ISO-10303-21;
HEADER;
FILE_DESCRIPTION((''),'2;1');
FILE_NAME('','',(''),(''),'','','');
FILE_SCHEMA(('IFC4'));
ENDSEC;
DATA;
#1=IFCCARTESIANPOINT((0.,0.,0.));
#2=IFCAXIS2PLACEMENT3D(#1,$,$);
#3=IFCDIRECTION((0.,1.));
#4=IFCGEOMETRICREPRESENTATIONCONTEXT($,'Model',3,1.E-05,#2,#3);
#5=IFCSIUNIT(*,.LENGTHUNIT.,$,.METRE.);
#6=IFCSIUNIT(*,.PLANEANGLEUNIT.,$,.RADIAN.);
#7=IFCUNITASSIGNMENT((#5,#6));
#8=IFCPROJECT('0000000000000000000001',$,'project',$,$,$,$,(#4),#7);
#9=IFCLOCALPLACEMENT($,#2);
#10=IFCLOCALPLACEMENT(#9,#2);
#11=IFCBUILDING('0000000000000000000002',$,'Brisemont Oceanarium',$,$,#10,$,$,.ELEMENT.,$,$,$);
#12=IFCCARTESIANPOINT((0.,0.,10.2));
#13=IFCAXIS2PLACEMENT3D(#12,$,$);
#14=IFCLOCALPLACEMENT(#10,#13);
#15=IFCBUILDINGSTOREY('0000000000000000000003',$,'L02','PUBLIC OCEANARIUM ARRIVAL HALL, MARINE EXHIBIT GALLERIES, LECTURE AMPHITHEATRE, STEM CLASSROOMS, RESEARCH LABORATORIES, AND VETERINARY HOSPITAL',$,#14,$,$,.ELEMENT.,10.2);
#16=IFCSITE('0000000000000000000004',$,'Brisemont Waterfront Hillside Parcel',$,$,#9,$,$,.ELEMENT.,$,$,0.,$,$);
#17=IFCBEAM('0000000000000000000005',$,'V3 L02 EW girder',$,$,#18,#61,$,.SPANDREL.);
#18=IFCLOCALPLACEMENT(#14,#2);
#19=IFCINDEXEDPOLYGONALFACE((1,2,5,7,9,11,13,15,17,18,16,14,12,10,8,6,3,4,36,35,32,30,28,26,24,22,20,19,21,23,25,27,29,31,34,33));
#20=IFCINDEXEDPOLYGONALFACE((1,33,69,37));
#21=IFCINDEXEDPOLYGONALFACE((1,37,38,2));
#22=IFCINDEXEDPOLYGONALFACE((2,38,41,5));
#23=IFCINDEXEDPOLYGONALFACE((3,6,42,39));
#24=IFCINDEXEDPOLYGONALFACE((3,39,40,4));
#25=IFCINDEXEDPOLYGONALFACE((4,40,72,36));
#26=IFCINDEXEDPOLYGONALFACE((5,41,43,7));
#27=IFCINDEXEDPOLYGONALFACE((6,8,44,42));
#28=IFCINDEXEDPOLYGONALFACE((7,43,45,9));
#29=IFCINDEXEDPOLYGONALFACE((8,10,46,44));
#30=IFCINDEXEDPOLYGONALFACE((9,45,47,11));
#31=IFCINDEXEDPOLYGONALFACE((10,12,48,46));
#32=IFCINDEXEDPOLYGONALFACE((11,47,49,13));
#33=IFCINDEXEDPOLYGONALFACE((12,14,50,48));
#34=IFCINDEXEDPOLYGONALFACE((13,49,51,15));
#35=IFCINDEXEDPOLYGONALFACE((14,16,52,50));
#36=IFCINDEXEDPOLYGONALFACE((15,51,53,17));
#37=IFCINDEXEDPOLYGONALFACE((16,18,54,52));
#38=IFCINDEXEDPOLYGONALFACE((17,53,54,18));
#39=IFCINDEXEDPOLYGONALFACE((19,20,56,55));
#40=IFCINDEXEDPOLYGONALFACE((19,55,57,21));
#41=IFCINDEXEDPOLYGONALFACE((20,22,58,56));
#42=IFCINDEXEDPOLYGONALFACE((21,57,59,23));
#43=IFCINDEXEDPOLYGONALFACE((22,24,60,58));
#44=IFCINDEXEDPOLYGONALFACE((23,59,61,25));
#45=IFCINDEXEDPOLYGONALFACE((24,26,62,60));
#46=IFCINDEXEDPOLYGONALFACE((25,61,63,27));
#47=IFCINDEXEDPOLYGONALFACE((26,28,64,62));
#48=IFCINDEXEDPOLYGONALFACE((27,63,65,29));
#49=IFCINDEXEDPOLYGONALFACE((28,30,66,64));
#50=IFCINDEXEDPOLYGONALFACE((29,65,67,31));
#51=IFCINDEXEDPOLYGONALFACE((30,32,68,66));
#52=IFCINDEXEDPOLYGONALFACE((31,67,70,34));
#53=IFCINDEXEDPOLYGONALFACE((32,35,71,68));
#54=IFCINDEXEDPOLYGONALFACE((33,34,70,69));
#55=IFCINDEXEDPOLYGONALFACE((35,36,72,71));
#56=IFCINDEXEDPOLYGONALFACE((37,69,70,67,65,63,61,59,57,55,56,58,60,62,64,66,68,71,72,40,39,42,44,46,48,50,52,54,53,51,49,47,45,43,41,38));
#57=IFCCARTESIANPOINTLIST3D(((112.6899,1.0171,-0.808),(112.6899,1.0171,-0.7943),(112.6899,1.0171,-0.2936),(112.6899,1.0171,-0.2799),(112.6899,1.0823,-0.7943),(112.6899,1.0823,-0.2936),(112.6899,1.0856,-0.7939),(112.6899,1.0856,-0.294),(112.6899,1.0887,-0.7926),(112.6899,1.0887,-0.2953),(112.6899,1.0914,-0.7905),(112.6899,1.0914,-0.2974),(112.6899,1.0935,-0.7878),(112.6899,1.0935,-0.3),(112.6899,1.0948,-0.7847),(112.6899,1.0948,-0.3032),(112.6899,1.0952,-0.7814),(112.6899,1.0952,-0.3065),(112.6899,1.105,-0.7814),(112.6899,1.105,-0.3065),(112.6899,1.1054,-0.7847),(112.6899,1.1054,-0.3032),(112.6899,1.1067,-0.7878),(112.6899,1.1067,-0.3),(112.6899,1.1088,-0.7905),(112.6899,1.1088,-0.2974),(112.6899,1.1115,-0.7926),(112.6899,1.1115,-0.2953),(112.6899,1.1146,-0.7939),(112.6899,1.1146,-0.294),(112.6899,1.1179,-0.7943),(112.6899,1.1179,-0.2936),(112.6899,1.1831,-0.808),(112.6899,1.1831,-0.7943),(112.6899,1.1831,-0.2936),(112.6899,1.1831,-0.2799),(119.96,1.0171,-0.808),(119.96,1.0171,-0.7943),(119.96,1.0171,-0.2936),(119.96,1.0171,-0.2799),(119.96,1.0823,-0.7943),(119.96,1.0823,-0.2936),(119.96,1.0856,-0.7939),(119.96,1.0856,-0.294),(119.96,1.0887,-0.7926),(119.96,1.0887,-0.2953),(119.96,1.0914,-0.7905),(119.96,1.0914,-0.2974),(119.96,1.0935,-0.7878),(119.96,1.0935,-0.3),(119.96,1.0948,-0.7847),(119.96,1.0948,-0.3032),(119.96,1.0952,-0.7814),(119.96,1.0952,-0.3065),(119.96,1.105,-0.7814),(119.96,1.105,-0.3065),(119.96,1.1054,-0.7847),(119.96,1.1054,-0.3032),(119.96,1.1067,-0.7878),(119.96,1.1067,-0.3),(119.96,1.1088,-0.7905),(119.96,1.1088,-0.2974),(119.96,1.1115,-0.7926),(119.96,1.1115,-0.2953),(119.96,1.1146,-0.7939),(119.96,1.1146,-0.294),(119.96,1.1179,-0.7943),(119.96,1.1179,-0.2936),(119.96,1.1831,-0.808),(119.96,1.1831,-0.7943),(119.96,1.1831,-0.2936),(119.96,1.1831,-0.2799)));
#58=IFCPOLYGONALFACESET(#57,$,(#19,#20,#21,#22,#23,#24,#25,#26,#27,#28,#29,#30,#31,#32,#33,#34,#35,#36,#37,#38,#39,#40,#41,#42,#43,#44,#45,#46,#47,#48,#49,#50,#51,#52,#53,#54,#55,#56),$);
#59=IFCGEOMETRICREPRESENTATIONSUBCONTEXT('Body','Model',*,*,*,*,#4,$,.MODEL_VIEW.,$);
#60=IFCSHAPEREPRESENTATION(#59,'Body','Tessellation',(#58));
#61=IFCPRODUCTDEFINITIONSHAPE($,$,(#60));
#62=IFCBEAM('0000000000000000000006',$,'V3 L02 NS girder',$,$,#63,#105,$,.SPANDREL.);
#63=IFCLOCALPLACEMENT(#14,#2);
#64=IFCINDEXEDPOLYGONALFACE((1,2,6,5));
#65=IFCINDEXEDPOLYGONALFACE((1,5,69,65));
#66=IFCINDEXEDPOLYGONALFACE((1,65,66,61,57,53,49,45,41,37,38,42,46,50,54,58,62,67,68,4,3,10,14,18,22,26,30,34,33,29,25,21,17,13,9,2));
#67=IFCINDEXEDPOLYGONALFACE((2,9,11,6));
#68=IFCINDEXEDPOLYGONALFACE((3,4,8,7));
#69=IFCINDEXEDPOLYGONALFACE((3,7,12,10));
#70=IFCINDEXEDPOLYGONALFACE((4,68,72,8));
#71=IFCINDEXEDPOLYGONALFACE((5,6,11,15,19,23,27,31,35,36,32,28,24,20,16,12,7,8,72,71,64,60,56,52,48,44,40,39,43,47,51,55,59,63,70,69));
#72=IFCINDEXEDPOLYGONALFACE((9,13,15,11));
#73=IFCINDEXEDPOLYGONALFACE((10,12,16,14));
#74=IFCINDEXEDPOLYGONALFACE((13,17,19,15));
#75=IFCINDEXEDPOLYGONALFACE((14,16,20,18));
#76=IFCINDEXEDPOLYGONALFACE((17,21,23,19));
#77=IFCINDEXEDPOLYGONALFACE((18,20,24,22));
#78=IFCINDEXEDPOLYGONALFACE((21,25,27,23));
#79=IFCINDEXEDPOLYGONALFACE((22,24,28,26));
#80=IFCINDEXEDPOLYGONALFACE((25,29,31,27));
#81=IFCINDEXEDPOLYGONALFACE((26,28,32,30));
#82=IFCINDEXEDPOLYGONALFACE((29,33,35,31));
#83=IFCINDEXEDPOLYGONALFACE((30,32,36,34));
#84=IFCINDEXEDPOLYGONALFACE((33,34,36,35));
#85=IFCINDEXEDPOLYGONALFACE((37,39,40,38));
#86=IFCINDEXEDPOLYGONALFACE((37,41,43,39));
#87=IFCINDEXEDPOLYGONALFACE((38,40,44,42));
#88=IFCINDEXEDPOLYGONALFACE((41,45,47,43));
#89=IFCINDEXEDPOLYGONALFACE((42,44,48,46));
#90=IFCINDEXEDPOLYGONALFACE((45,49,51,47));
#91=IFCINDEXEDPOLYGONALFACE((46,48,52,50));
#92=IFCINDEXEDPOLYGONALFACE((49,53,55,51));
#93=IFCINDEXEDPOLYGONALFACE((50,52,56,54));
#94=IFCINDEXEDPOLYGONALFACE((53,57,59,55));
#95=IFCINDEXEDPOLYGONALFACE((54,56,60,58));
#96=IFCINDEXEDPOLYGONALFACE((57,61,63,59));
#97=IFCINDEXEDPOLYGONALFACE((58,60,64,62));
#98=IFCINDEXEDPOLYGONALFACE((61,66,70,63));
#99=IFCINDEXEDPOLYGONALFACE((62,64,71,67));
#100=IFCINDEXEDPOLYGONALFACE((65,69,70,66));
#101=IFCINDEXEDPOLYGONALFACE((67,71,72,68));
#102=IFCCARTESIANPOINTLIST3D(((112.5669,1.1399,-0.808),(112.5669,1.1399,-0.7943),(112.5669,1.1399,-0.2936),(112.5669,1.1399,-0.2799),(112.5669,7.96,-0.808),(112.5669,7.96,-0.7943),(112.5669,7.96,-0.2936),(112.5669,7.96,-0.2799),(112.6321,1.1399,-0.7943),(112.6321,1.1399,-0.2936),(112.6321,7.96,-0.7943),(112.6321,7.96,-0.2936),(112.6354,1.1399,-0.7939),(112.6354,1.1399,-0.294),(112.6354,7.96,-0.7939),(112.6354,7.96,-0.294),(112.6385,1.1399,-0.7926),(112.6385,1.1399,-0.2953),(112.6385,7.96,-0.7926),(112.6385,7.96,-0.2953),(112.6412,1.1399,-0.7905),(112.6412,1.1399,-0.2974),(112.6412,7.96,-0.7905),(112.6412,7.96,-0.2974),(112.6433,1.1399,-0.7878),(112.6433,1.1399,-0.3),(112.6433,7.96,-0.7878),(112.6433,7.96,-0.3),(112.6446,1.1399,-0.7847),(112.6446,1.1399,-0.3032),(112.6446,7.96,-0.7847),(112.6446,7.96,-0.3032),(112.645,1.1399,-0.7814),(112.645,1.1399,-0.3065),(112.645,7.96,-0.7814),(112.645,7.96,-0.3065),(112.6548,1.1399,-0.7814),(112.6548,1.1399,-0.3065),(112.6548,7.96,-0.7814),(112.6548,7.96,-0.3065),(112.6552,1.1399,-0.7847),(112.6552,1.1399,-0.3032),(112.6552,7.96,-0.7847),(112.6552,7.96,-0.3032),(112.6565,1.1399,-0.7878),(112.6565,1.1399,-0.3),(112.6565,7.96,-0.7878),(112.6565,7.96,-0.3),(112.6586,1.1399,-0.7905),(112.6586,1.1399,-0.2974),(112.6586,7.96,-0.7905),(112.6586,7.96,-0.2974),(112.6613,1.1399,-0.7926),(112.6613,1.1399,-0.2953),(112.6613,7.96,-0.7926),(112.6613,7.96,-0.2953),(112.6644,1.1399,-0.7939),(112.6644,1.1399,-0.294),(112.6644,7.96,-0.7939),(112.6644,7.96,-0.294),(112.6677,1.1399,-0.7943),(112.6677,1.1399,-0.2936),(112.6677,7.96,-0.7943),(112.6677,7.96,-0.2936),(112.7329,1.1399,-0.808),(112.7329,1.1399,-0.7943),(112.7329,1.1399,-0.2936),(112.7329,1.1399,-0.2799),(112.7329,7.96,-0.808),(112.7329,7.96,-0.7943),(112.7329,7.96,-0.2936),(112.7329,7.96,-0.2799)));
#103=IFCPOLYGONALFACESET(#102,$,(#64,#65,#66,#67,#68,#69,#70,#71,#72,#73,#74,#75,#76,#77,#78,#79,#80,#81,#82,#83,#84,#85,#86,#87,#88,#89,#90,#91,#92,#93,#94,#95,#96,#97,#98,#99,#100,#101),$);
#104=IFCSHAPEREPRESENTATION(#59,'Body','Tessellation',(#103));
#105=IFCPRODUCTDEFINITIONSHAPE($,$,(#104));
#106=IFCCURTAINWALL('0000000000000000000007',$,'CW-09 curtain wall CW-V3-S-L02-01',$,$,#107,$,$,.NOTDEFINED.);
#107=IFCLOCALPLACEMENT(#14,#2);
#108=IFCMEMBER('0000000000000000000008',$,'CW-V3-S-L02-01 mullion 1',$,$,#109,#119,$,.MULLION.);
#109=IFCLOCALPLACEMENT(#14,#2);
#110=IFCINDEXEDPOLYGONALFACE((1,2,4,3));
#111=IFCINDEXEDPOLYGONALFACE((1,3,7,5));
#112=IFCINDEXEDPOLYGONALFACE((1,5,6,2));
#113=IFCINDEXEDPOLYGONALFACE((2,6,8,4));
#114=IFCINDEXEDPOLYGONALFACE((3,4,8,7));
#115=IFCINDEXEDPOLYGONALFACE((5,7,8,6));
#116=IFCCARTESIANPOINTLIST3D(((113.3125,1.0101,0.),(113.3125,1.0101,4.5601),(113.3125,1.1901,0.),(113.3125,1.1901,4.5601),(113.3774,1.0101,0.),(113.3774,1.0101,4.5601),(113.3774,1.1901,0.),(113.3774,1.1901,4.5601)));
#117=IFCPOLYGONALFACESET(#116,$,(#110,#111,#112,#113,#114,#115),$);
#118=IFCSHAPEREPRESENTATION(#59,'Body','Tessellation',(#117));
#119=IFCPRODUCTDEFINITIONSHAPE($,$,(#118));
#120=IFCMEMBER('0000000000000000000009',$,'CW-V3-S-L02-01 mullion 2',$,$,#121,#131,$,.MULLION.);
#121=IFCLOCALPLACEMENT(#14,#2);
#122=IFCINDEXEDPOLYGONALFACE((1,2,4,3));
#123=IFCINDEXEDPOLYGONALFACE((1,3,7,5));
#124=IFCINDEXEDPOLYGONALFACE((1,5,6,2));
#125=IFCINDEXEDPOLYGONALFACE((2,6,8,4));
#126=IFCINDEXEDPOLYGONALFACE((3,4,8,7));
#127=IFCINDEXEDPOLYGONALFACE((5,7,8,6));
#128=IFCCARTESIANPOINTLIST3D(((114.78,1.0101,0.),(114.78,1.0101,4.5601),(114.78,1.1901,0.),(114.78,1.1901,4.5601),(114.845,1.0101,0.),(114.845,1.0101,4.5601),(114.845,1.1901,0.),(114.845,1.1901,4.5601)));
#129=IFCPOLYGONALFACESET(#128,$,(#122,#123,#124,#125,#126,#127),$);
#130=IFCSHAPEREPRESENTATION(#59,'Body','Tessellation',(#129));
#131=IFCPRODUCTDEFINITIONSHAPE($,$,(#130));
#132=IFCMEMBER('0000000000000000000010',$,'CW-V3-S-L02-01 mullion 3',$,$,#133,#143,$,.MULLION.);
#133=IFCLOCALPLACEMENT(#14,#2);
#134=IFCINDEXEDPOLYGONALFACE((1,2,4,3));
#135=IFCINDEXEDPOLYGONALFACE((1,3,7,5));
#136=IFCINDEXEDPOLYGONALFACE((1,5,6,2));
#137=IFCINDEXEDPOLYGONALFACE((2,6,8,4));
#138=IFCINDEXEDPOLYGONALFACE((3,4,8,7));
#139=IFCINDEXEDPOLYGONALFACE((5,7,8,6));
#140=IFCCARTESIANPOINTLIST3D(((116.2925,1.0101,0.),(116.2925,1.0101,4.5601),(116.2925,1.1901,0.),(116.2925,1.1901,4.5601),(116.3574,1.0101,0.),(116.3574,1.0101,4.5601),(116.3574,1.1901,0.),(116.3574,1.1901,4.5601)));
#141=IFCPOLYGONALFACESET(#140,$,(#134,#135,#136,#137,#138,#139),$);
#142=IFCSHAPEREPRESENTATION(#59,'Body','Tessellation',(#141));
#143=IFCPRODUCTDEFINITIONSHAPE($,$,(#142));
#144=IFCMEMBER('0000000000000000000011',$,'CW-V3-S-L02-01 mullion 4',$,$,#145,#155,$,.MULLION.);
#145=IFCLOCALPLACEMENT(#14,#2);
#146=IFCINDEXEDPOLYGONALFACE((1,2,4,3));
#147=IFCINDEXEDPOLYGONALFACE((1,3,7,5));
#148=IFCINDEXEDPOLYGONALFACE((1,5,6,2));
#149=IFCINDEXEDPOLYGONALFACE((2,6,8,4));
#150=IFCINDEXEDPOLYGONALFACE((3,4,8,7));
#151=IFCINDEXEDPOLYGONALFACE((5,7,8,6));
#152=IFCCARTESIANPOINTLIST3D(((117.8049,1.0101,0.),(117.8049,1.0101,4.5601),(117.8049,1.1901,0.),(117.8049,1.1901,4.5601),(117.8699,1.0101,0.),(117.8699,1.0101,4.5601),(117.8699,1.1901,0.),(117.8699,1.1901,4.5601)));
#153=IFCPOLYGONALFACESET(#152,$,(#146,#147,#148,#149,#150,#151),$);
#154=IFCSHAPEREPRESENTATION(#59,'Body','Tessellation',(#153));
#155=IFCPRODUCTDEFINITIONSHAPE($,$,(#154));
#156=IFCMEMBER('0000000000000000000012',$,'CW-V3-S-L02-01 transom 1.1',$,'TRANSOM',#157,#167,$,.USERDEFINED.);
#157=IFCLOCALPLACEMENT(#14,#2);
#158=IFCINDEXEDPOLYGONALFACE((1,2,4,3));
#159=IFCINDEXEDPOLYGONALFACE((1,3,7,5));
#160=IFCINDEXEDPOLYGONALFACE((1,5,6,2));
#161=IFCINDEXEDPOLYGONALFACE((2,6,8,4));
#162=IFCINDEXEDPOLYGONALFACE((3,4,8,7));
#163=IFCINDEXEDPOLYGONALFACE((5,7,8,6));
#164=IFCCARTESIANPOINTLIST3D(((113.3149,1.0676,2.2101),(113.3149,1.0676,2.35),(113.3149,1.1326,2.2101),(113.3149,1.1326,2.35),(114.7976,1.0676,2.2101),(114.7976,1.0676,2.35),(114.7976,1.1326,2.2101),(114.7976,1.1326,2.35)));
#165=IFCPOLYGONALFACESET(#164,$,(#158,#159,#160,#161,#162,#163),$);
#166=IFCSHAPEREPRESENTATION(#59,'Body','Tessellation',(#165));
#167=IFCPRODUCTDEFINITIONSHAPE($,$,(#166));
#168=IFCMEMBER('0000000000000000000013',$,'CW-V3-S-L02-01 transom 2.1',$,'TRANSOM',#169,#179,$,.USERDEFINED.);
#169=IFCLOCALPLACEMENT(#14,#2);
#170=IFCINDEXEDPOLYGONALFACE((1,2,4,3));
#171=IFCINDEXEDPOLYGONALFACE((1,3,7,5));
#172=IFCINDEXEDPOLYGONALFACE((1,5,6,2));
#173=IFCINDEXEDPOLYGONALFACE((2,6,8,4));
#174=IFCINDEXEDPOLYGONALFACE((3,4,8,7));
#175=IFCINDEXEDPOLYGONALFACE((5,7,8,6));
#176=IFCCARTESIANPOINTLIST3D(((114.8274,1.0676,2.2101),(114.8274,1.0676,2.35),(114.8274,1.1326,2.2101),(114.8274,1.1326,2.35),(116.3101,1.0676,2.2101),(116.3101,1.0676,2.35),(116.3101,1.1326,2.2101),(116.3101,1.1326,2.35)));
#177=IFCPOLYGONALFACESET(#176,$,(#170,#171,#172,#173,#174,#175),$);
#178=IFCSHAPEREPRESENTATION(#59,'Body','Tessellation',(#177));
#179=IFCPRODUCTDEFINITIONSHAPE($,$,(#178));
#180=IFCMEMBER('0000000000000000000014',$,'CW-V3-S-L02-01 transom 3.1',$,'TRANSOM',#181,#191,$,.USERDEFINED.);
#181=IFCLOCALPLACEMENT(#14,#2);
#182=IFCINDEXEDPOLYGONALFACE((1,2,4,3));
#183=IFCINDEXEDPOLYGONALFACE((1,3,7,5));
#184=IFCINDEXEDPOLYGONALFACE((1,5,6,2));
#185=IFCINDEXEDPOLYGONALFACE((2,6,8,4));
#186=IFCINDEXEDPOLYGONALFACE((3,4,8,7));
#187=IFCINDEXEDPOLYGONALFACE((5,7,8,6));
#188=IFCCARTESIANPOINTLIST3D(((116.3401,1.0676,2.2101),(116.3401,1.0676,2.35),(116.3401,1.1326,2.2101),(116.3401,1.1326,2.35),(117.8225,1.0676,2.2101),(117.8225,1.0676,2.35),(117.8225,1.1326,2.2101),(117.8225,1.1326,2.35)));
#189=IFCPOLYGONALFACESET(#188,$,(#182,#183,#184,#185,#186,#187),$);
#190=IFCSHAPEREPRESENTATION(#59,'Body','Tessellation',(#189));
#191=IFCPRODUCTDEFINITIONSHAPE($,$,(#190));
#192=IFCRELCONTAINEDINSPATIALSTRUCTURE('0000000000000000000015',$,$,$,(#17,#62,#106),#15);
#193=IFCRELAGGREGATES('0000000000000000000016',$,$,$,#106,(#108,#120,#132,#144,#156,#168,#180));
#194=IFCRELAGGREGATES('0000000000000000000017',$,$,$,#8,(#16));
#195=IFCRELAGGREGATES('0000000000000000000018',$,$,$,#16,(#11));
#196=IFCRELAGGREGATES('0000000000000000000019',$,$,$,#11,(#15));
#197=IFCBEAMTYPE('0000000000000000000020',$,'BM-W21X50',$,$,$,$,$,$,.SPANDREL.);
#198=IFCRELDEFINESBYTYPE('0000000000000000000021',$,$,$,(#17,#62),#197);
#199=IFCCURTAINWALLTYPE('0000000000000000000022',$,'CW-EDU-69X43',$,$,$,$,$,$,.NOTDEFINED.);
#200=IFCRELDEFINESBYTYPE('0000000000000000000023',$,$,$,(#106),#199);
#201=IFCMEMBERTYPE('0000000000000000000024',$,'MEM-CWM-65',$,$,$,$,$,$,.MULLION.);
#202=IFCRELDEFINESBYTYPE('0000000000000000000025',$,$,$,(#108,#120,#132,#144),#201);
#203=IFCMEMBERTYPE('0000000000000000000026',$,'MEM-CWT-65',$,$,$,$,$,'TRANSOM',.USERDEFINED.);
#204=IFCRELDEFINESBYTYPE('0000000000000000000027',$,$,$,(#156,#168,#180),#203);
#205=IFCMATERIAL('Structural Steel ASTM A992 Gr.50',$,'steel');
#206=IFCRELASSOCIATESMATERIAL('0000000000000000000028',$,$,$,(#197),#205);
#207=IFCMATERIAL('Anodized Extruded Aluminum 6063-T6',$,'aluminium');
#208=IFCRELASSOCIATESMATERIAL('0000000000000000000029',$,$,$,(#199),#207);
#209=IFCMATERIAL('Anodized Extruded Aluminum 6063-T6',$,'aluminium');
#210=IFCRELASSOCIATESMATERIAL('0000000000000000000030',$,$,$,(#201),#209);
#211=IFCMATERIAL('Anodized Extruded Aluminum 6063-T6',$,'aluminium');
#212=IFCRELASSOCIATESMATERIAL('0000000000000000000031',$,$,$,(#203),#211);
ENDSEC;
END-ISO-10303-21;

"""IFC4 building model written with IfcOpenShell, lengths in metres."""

from ifc_helpers import new_model, si_unit, direction, frame, origin, origin_2d, place, context, subcontext, project, spatial, rectangle, i_section, extrude, material, material_profile, profile_set, type_object, element, aggregate, save


model = new_model("IFC4")

# Units and contexts
model_context = context("Model", 3, precision=1e-05, world=origin(), true_north=direction((0.0, 1.0)))
body_context = subcontext(model_context, "Body", "Model", "MODEL_VIEW")
ifc_project = project(units=[si_unit("LENGTHUNIT", "METRE"), si_unit("PLANEANGLEUNIT", "RADIAN")], contexts=[model_context])

# Site, building, storey
site_placement = place(None, origin())
site = spatial("IfcSite", under=ifc_project, at=site_placement, Name="Brisemont Waterfront Hillside Parcel", CompositionType="ELEMENT", RefElevation=0.0)
building_placement = place(site_placement, origin())
building = spatial("IfcBuilding", under=site, at=building_placement, Name="Brisemont Oceanarium", CompositionType="ELEMENT")
storey_placement = place(building_placement, frame((0.0, 0.0, 10.2)))
storey = spatial("IfcBuildingStorey", under=building, at=storey_placement, Name="L02", Description="PUBLIC OCEANARIUM ARRIVAL HALL, MARINE EXHIBIT GALLERIES, LECTURE AMPHITHEATRE, STEM CLASSROOMS, RESEARCH LABORATORIES, AND VETERINARY HOSPITAL", CompositionType="ELEMENT", Elevation=10.2)

# Beams
ifc_material_1 = material(Name="Structural Steel ASTM A992 Gr.50", Category="steel")
ifc_material_profile_1 = material_profile(ifc_material_1, i_section(OverallWidth=0.166, OverallDepth=0.5281, WebThickness=0.0098, FlangeThickness=0.0137, FilletRadius=0.0129, at=origin_2d()), Name="W21X50")
ifc_profile_set_1 = profile_set([ifc_material_profile_1], Name="Structural Steel ASTM A992 Gr.50")
beam_type_1 = type_object("IfcBeamType", Name="BM-W21X50", PredefinedType="SPANDREL", material=ifc_profile_set_1)
beam_1_placement = place(storey_placement, frame((112.6899, 1.1001, -0.5439), z_axis=(1.0, 0.0, 0.0), x_axis=(0.0, 1.0, 0.0)))
element("IfcBeam", 1, at=beam_1_placement, inside=storey, type_object=beam_type_1, Name="V3 L02 EW girder", PredefinedType="SPANDREL", context=body_context, shape_type="SweptSolid", body=[
    extrude(i_section(OverallWidth=0.166, OverallDepth=0.5281, WebThickness=0.0098, FlangeThickness=0.0137, FilletRadius=0.0129, at=origin_2d()), origin(), (0.0, 0.0, 1.0), 7.27),
])
beam_2_placement = place(storey_placement, frame((112.6499, 1.1399, -0.5439), z_axis=(0.0, 1.0, 0.0), x_axis=(-1.0, 0.0, 0.0)))
element("IfcBeam", 2, at=beam_2_placement, inside=storey, type_object=beam_type_1, Name="V3 L02 NS girder", PredefinedType="SPANDREL", context=body_context, shape_type="SweptSolid", body=[
    extrude(i_section(OverallWidth=0.166, OverallDepth=0.5281, WebThickness=0.0098, FlangeThickness=0.0137, FilletRadius=0.0129, at=origin_2d()), origin(), (0.0, 0.0, 1.0), 6.8201),
])

# Curtain wall, members
ifc_material_2 = material(Name="Anodized Extruded Aluminum 6063-T6", Category="aluminium")
curtain_wall_type = type_object("IfcCurtainWallType", Name="CW-EDU-69X43", PredefinedType="NOTDEFINED", material=ifc_material_2)
curtain_wall_placement = place(storey_placement, origin())
curtain_wall = element("IfcCurtainWall", 3, at=curtain_wall_placement, inside=storey, type_object=curtain_wall_type, Name="CW-09 curtain wall CW-V3-S-L02-01", PredefinedType="NOTDEFINED")
ifc_material_3 = material(Name="Anodized Extruded Aluminum 6063-T6", Category="aluminium")
ifc_material_profile_2 = material_profile(ifc_material_3, rectangle(XDim=0.0649, YDim=0.1799, at=origin_2d()), Name="CWM-65X180")
ifc_profile_set_2 = profile_set([ifc_material_profile_2], Name="Anodized Extruded Aluminum 6063-T6")
member_type_1 = type_object("IfcMemberType", Name="MEM-CWM-65", PredefinedType="MULLION", material=ifc_profile_set_2)
member_1_placement = place(storey_placement, frame((113.345, 1.1001, 0.0), z_axis=(0.0, 0.0, 1.0), x_axis=(1.0, 0.0, 0.0)))
member_1 = element("IfcMember", 4, at=member_1_placement, type_object=member_type_1, Name="CW-V3-S-L02-01 mullion 1", PredefinedType="MULLION", context=body_context, shape_type="SweptSolid", body=[
    extrude(rectangle(XDim=0.0649, YDim=0.1799, at=origin_2d()), origin(), (0.0, 0.0, 1.0), 4.5601),
])
member_2_placement = place(storey_placement, frame((114.8125, 1.1001, 0.0), z_axis=(0.0, 0.0, 1.0), x_axis=(1.0, 0.0, 0.0)))
member_2 = element("IfcMember", 5, at=member_2_placement, type_object=member_type_1, Name="CW-V3-S-L02-01 mullion 2", PredefinedType="MULLION", context=body_context, shape_type="SweptSolid", body=[
    extrude(rectangle(XDim=0.0649, YDim=0.1799, at=origin_2d()), origin(), (0.0, 0.0, 1.0), 4.5601),
])
member_3_placement = place(storey_placement, frame((116.325, 1.1001, 0.0), z_axis=(0.0, 0.0, 1.0), x_axis=(1.0, 0.0, 0.0)))
member_3 = element("IfcMember", 6, at=member_3_placement, type_object=member_type_1, Name="CW-V3-S-L02-01 mullion 3", PredefinedType="MULLION", context=body_context, shape_type="SweptSolid", body=[
    extrude(rectangle(XDim=0.0649, YDim=0.1799, at=origin_2d()), origin(), (0.0, 0.0, 1.0), 4.5601),
])
member_4_placement = place(storey_placement, frame((117.8374, 1.1001, 0.0), z_axis=(0.0, 0.0, 1.0), x_axis=(1.0, 0.0, 0.0)))
member_4 = element("IfcMember", 7, at=member_4_placement, type_object=member_type_1, Name="CW-V3-S-L02-01 mullion 4", PredefinedType="MULLION", context=body_context, shape_type="SweptSolid", body=[
    extrude(rectangle(XDim=0.0649, YDim=0.1799, at=origin_2d()), origin(), (0.0, 0.0, 1.0), 4.5601),
])
ifc_material_4 = material(Name="Anodized Extruded Aluminum 6063-T6", Category="aluminium")
ifc_material_profile_3 = material_profile(ifc_material_4, rectangle(XDim=0.0649, YDim=0.1399, at=origin_2d()), Name="CWT-65X140")
ifc_profile_set_3 = profile_set([ifc_material_profile_3], Name="Anodized Extruded Aluminum 6063-T6")
member_type_2 = type_object("IfcMemberType", Name="MEM-CWT-65", ElementType="TRANSOM", PredefinedType="USERDEFINED", material=ifc_profile_set_3)
member_5_placement = place(storey_placement, frame((113.3149, 1.1001, 2.28), z_axis=(1.0, 0.0, 0.0), x_axis=(0.0, 1.0, 0.0)))
member_5 = element("IfcMember", 8, at=member_5_placement, type_object=member_type_2, Name="CW-V3-S-L02-01 transom 1.1", ObjectType="TRANSOM", PredefinedType="USERDEFINED", context=body_context, shape_type="SweptSolid", body=[
    extrude(rectangle(XDim=0.0649, YDim=0.1399, at=origin_2d()), origin(), (0.0, 0.0, 1.0), 1.4827),
])
member_6_placement = place(storey_placement, frame((114.8274, 1.1001, 2.28), z_axis=(1.0, 0.0, 0.0), x_axis=(0.0, 1.0, 0.0)))
member_6 = element("IfcMember", 9, at=member_6_placement, type_object=member_type_2, Name="CW-V3-S-L02-01 transom 2.1", ObjectType="TRANSOM", PredefinedType="USERDEFINED", context=body_context, shape_type="SweptSolid", body=[
    extrude(rectangle(XDim=0.0649, YDim=0.1399, at=origin_2d()), origin(), (0.0, 0.0, 1.0), 1.4827),
])
member_7_placement = place(storey_placement, frame((116.3401, 1.1001, 2.28), z_axis=(1.0, 0.0, 0.0), x_axis=(0.0, 1.0, 0.0)))
member_7 = element("IfcMember", 10, at=member_7_placement, type_object=member_type_2, Name="CW-V3-S-L02-01 transom 3.1", ObjectType="TRANSOM", PredefinedType="USERDEFINED", context=body_context, shape_type="SweptSolid", body=[
    extrude(rectangle(XDim=0.0649, YDim=0.1399, at=origin_2d()), origin(), (0.0, 0.0, 1.0), 1.4824),
])
aggregate(curtain_wall, [member_1, member_2, member_3, member_4, member_5, member_6, member_7])

save(model, "model.ifc")
